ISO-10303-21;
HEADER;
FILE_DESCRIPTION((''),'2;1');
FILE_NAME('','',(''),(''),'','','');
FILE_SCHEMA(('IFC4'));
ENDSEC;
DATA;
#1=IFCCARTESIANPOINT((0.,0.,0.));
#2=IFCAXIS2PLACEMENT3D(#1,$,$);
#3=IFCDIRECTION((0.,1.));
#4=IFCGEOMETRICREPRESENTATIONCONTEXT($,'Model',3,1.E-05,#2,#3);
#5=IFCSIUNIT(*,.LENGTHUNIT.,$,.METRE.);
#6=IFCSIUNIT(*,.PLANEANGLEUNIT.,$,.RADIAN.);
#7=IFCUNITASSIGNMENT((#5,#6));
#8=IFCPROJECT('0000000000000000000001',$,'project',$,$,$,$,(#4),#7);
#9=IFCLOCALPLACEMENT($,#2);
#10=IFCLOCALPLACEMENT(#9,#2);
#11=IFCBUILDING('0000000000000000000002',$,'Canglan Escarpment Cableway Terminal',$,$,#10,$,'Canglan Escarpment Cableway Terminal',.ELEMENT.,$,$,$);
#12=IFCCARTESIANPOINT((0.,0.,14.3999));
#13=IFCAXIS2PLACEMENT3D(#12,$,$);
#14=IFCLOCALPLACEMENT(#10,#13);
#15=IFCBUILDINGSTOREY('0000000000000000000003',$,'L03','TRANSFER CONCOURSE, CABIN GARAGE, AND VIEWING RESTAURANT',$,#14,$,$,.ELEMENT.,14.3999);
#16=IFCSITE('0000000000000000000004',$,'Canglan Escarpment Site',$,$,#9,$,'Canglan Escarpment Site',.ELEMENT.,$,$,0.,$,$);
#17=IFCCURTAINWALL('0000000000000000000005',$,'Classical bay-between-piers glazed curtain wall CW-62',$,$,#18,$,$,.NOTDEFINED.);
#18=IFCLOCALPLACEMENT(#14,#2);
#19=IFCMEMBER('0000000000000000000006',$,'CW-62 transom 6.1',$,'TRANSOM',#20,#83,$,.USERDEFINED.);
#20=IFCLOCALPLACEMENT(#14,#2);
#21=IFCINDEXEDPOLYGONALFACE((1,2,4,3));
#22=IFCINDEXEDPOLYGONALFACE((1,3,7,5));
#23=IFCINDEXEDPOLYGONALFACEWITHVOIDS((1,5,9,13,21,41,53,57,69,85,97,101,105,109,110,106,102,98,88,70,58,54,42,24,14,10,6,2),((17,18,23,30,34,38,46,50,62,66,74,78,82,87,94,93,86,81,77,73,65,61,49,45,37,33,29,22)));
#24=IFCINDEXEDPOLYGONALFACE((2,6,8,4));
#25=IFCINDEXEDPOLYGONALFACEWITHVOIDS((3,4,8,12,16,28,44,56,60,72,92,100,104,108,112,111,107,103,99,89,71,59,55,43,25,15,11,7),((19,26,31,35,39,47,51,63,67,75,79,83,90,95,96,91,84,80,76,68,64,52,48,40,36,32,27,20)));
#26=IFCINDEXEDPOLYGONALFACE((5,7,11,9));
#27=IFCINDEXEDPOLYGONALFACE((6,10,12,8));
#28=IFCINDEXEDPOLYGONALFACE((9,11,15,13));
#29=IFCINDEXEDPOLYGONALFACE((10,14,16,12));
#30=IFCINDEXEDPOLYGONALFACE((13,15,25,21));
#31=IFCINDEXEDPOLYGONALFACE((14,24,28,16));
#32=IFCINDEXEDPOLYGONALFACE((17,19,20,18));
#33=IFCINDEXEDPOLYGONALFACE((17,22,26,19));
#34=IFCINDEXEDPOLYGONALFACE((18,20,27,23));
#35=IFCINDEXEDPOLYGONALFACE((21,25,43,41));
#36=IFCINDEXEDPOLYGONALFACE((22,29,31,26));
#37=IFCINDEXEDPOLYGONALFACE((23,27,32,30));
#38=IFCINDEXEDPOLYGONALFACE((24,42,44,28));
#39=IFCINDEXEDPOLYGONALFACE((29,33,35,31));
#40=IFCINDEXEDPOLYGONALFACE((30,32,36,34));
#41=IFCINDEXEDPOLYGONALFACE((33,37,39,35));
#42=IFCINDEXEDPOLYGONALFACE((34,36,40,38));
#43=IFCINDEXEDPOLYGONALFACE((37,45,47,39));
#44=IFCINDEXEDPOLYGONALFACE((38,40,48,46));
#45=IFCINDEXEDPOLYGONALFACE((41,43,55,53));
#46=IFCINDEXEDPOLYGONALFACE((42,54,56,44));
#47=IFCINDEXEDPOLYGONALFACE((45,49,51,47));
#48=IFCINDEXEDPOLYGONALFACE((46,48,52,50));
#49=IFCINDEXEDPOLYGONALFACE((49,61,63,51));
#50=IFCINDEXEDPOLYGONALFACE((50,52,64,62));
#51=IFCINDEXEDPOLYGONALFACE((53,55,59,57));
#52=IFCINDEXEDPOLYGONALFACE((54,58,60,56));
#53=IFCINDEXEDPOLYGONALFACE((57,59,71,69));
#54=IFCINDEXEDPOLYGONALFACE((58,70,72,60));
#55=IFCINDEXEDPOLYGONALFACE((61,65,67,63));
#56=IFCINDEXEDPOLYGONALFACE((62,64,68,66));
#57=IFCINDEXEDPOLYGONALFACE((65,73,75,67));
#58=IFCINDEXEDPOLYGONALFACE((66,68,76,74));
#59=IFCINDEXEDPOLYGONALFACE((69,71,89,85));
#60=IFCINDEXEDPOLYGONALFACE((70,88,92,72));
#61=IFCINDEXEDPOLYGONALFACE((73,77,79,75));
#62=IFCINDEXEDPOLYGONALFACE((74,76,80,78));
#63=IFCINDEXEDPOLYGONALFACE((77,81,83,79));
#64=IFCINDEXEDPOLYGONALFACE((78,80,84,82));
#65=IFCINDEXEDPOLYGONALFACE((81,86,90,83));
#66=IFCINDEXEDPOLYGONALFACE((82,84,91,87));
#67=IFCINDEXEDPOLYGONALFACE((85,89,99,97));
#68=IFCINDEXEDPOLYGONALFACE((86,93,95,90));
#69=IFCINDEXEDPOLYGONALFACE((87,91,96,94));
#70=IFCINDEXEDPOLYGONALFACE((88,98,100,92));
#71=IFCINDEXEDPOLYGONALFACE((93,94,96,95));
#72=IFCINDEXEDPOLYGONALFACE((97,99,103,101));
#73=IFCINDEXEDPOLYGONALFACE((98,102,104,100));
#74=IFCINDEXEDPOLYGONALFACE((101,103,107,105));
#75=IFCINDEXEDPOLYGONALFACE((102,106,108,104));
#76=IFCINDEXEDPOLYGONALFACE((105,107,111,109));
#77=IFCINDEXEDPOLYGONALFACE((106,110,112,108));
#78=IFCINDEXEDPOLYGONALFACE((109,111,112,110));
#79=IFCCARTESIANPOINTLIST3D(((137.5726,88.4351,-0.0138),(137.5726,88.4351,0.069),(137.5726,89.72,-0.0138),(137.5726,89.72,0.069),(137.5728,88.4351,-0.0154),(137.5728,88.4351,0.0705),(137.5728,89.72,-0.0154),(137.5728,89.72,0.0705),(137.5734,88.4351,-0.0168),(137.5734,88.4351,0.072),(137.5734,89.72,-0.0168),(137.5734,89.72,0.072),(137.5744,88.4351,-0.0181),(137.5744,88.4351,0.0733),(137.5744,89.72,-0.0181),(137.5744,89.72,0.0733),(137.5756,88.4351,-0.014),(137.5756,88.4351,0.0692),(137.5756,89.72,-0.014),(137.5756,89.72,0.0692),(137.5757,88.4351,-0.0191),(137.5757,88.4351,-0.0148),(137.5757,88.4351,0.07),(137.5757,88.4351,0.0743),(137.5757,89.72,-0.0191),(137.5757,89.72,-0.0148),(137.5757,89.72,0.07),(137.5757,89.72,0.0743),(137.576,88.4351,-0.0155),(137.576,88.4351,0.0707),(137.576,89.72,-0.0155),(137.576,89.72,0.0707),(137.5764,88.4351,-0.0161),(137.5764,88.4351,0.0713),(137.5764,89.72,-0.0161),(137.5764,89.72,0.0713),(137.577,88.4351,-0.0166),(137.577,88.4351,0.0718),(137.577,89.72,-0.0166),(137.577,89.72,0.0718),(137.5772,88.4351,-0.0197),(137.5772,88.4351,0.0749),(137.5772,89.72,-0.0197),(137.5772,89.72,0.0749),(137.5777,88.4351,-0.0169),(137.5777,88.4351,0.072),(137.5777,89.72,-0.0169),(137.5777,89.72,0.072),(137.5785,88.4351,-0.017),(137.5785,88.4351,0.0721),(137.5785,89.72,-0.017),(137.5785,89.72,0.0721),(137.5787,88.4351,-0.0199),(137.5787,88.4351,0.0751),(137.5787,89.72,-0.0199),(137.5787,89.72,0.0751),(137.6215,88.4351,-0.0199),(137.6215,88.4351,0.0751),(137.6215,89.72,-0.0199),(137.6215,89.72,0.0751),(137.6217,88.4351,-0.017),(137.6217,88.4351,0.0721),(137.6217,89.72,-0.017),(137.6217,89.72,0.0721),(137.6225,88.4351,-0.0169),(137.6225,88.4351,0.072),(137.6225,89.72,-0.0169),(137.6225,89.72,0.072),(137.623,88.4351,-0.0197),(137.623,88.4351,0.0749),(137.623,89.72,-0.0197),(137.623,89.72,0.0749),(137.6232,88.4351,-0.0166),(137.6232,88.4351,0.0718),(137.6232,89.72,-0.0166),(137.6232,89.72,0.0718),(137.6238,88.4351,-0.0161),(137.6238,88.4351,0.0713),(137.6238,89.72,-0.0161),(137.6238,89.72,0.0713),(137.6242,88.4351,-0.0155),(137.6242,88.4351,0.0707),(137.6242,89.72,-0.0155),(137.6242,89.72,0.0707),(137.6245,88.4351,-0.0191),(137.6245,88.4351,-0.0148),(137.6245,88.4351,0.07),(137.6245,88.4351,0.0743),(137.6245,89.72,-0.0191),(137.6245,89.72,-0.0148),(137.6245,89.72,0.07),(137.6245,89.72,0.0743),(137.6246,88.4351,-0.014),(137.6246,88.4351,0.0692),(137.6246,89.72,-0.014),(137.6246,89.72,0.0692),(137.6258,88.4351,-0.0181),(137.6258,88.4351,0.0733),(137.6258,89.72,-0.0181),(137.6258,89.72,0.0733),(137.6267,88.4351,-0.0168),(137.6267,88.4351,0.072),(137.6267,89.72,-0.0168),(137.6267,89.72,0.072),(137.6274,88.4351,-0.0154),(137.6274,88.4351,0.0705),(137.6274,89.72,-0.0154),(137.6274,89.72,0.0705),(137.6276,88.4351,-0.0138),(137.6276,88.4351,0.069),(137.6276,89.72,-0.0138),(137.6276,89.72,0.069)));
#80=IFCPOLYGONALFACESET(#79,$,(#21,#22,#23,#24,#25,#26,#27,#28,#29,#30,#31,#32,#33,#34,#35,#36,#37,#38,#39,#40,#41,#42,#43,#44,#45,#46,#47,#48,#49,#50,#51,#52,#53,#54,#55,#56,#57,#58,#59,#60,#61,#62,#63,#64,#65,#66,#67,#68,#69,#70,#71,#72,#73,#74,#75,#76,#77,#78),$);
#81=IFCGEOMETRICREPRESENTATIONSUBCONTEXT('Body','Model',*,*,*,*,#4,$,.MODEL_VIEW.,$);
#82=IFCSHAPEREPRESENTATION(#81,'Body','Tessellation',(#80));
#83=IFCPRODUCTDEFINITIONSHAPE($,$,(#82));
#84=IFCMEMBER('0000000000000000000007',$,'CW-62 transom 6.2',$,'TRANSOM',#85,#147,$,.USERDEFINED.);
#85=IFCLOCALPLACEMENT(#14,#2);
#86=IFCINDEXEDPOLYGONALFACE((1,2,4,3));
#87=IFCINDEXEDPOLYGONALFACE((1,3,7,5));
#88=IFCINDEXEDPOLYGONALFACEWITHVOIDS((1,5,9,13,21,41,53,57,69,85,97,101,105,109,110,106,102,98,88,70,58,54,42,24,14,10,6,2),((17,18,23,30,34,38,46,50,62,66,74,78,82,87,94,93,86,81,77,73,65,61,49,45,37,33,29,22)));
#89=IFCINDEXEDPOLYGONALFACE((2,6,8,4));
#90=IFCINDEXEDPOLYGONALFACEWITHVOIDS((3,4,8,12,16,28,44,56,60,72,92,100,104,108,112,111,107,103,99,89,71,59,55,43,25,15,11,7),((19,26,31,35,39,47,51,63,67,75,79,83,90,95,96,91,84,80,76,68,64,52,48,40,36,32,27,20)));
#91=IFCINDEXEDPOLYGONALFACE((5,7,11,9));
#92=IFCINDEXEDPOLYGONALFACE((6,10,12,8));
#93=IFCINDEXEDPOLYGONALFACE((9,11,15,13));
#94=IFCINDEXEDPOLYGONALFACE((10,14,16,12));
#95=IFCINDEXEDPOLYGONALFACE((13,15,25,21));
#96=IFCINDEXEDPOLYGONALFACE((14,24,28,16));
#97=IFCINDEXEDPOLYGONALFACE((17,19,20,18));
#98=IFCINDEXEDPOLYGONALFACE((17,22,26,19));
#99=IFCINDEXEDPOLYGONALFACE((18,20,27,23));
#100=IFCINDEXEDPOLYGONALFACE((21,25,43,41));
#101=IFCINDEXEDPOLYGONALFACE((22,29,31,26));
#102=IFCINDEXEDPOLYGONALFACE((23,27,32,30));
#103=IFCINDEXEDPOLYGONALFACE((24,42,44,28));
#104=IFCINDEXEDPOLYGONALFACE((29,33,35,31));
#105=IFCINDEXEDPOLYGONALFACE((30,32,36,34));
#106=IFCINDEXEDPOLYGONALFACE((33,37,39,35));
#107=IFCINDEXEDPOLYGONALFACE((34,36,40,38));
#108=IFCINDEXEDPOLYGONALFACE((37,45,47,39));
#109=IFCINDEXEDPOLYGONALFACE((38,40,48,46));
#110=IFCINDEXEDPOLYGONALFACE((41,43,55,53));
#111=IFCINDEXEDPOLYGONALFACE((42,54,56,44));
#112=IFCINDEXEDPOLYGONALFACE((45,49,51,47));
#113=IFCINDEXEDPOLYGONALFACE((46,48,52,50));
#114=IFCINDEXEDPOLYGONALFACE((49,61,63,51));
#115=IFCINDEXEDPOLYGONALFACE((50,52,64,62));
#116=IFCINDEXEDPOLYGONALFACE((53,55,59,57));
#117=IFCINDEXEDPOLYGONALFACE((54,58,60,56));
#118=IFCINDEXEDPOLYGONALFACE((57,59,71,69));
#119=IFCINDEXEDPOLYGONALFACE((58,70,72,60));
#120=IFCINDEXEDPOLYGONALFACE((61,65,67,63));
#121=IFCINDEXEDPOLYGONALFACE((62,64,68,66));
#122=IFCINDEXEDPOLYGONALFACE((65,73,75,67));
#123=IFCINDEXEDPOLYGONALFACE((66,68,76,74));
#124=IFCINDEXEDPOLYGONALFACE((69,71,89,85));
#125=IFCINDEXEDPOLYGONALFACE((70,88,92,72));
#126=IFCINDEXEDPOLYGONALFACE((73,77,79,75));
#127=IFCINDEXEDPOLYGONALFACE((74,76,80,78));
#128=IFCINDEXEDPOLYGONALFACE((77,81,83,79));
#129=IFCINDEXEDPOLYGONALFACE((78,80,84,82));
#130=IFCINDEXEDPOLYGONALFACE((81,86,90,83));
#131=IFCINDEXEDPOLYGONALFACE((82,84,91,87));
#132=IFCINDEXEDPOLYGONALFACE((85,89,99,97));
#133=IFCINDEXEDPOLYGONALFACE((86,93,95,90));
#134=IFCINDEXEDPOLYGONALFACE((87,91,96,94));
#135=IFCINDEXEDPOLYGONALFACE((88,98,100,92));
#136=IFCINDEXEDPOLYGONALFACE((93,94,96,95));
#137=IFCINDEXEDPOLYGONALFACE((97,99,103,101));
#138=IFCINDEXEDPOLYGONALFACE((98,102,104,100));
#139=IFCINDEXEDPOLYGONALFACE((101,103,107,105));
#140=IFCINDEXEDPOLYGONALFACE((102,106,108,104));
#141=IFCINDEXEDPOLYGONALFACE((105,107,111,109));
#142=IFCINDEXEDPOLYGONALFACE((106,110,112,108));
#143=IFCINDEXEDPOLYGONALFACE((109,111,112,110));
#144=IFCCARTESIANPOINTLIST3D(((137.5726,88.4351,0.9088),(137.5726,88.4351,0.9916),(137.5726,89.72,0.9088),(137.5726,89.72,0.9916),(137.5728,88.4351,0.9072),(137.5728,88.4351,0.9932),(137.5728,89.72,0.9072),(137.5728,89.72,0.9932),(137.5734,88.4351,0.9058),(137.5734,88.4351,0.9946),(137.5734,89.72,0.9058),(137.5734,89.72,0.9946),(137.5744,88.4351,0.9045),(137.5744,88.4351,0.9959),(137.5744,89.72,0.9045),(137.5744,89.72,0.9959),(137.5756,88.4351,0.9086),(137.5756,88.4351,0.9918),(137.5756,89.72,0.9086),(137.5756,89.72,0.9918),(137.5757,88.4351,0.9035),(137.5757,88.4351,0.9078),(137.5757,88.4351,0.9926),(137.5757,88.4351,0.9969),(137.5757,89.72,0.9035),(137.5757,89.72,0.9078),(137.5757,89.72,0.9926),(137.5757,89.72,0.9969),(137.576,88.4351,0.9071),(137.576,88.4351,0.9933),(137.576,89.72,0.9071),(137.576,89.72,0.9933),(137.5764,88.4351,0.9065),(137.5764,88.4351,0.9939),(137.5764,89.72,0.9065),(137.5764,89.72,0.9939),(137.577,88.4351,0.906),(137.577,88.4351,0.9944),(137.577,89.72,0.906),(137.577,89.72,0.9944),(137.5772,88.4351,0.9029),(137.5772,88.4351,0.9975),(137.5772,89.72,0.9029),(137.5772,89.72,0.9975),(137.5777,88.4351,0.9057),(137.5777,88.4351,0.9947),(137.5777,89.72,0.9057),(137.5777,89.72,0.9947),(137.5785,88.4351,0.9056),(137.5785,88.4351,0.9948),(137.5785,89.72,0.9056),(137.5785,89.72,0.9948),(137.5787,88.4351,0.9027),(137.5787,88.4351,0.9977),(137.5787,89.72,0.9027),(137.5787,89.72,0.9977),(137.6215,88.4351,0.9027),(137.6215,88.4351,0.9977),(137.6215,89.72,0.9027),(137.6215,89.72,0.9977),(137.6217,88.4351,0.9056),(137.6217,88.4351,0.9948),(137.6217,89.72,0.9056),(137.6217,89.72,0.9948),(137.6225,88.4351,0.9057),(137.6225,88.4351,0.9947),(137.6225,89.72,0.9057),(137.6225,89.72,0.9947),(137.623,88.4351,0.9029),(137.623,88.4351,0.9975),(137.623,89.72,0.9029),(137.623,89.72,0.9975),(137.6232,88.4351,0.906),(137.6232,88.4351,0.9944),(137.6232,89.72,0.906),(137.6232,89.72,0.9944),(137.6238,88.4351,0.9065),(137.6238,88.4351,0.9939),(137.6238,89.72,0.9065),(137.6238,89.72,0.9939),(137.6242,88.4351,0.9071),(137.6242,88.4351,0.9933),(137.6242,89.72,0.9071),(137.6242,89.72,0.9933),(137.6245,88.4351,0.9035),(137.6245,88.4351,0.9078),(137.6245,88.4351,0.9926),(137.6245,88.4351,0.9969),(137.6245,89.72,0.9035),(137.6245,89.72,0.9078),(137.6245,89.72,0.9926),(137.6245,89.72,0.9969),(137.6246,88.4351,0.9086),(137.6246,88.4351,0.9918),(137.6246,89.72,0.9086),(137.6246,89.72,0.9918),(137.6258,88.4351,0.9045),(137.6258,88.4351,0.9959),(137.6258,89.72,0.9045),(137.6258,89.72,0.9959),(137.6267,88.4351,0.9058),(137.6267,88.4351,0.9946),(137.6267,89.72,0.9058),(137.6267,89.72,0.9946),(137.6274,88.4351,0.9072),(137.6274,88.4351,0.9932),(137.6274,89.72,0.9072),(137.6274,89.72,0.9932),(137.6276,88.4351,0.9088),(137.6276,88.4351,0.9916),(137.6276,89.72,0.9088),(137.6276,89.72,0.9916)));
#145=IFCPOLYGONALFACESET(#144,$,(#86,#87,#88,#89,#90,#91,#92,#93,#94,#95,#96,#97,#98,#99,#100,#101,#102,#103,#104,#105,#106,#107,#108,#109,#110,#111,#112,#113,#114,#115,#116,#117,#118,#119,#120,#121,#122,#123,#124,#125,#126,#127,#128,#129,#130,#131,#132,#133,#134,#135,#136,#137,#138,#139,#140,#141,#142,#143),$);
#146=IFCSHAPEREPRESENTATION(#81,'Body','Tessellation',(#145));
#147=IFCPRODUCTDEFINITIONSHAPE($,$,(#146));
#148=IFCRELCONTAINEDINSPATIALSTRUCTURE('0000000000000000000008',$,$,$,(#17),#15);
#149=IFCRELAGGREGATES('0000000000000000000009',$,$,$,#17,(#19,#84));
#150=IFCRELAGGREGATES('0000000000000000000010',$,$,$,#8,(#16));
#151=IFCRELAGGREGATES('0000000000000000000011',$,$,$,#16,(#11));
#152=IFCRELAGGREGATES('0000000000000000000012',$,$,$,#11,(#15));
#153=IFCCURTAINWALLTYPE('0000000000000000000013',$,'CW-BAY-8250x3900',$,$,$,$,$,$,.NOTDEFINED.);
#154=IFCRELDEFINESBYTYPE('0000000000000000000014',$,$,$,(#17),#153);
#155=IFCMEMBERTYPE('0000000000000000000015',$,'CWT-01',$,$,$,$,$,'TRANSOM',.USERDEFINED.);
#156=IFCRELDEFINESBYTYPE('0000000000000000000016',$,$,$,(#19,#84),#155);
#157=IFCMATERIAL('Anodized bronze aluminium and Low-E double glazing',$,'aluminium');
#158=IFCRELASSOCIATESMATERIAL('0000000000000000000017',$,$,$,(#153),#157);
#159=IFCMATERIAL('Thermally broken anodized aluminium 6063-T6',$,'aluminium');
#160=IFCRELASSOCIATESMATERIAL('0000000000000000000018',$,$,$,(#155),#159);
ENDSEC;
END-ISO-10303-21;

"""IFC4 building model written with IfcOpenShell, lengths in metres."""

from ifc_helpers import new_model, si_unit, direction, frame, origin, origin_2d, place, context, subcontext, project, spatial, hollow_rectangle, extrude, material, material_profile, profile_set, type_object, element, aggregate, save


model = new_model("IFC4")

# Units and contexts
model_context = context("Model", 3, precision=1e-05, world=origin(), true_north=direction((0.0, 1.0)))
body_context = subcontext(model_context, "Body", "Model", "MODEL_VIEW")
ifc_project = project(units=[si_unit("LENGTHUNIT", "METRE"), si_unit("PLANEANGLEUNIT", "RADIAN")], contexts=[model_context])

# Site, building, storey
site_placement = place(None, origin())
site = spatial("IfcSite", under=ifc_project, at=site_placement, Name="Canglan Escarpment Site", LongName="Canglan Escarpment Site", CompositionType="ELEMENT", RefElevation=0.0)
building_placement = place(site_placement, origin())
building = spatial("IfcBuilding", under=site, at=building_placement, Name="Canglan Escarpment Cableway Terminal", LongName="Canglan Escarpment Cableway Terminal", CompositionType="ELEMENT")
storey_placement = place(building_placement, frame((0.0, 0.0, 14.3999)))
storey = spatial("IfcBuildingStorey", under=building, at=storey_placement, Name="L03", Description="TRANSFER CONCOURSE, CABIN GARAGE, AND VIEWING RESTAURANT", CompositionType="ELEMENT", Elevation=14.3999)

# Curtain wall, members
ifc_material_1 = material(Name="Anodized bronze aluminium and Low-E double glazing", Category="aluminium")
curtain_wall_type = type_object("IfcCurtainWallType", Name="CW-BAY-8250x3900", PredefinedType="NOTDEFINED", material=ifc_material_1)
curtain_wall_placement = place(storey_placement, origin())
curtain_wall = element("IfcCurtainWall", 1, at=curtain_wall_placement, inside=storey, type_object=curtain_wall_type, Name="Classical bay-between-piers glazed curtain wall CW-62", PredefinedType="NOTDEFINED")
ifc_material_2 = material(Name="Thermally broken anodized aluminium 6063-T6", Category="aluminium")
ifc_material_profile_1 = material_profile(ifc_material_2, hollow_rectangle(XDim=0.0549, YDim=0.095, WallThickness=0.0029, InnerFilletRadius=0.0029, OuterFilletRadius=0.0061, at=origin_2d()), Name="ALU-TRAN 55x95x3")
ifc_profile_set_1 = profile_set([ifc_material_profile_1], Name="Thermally broken anodized aluminium 6063-T6")
member_type_1 = type_object("IfcMemberType", Name="CWT-01", ElementType="TRANSOM", PredefinedType="USERDEFINED", material=ifc_profile_set_1)
member_1_placement = place(storey_placement, frame((137.6001, 89.72, 0.0276), z_axis=(0.0, -1.0, 0.0), x_axis=(1.0, 0.0, 0.0)))
member_1 = element("IfcMember", 2, at=member_1_placement, type_object=member_type_1, Name="CW-62 transom 6.1", ObjectType="TRANSOM", PredefinedType="USERDEFINED", context=body_context, shape_type="SweptSolid", body=[
    extrude(hollow_rectangle(XDim=0.0549, YDim=0.095, WallThickness=0.0029, InnerFilletRadius=0.0029, OuterFilletRadius=0.0061, at=origin_2d()), origin(), (0.0, 0.0, 1.0), 1.2849),
])
member_2_placement = place(storey_placement, frame((137.6001, 89.72, 0.9502), z_axis=(0.0, -1.0, 0.0), x_axis=(1.0, 0.0, 0.0)))
member_2 = element("IfcMember", 3, at=member_2_placement, type_object=member_type_1, Name="CW-62 transom 6.2", ObjectType="TRANSOM", PredefinedType="USERDEFINED", context=body_context, shape_type="SweptSolid", body=[
    extrude(hollow_rectangle(XDim=0.0549, YDim=0.095, WallThickness=0.0029, InnerFilletRadius=0.0029, OuterFilletRadius=0.0061, at=origin_2d()), origin(), (0.0, 0.0, 1.0), 1.2849),
])
aggregate(curtain_wall, [member_1, member_2])

save(model, "model.ifc")
